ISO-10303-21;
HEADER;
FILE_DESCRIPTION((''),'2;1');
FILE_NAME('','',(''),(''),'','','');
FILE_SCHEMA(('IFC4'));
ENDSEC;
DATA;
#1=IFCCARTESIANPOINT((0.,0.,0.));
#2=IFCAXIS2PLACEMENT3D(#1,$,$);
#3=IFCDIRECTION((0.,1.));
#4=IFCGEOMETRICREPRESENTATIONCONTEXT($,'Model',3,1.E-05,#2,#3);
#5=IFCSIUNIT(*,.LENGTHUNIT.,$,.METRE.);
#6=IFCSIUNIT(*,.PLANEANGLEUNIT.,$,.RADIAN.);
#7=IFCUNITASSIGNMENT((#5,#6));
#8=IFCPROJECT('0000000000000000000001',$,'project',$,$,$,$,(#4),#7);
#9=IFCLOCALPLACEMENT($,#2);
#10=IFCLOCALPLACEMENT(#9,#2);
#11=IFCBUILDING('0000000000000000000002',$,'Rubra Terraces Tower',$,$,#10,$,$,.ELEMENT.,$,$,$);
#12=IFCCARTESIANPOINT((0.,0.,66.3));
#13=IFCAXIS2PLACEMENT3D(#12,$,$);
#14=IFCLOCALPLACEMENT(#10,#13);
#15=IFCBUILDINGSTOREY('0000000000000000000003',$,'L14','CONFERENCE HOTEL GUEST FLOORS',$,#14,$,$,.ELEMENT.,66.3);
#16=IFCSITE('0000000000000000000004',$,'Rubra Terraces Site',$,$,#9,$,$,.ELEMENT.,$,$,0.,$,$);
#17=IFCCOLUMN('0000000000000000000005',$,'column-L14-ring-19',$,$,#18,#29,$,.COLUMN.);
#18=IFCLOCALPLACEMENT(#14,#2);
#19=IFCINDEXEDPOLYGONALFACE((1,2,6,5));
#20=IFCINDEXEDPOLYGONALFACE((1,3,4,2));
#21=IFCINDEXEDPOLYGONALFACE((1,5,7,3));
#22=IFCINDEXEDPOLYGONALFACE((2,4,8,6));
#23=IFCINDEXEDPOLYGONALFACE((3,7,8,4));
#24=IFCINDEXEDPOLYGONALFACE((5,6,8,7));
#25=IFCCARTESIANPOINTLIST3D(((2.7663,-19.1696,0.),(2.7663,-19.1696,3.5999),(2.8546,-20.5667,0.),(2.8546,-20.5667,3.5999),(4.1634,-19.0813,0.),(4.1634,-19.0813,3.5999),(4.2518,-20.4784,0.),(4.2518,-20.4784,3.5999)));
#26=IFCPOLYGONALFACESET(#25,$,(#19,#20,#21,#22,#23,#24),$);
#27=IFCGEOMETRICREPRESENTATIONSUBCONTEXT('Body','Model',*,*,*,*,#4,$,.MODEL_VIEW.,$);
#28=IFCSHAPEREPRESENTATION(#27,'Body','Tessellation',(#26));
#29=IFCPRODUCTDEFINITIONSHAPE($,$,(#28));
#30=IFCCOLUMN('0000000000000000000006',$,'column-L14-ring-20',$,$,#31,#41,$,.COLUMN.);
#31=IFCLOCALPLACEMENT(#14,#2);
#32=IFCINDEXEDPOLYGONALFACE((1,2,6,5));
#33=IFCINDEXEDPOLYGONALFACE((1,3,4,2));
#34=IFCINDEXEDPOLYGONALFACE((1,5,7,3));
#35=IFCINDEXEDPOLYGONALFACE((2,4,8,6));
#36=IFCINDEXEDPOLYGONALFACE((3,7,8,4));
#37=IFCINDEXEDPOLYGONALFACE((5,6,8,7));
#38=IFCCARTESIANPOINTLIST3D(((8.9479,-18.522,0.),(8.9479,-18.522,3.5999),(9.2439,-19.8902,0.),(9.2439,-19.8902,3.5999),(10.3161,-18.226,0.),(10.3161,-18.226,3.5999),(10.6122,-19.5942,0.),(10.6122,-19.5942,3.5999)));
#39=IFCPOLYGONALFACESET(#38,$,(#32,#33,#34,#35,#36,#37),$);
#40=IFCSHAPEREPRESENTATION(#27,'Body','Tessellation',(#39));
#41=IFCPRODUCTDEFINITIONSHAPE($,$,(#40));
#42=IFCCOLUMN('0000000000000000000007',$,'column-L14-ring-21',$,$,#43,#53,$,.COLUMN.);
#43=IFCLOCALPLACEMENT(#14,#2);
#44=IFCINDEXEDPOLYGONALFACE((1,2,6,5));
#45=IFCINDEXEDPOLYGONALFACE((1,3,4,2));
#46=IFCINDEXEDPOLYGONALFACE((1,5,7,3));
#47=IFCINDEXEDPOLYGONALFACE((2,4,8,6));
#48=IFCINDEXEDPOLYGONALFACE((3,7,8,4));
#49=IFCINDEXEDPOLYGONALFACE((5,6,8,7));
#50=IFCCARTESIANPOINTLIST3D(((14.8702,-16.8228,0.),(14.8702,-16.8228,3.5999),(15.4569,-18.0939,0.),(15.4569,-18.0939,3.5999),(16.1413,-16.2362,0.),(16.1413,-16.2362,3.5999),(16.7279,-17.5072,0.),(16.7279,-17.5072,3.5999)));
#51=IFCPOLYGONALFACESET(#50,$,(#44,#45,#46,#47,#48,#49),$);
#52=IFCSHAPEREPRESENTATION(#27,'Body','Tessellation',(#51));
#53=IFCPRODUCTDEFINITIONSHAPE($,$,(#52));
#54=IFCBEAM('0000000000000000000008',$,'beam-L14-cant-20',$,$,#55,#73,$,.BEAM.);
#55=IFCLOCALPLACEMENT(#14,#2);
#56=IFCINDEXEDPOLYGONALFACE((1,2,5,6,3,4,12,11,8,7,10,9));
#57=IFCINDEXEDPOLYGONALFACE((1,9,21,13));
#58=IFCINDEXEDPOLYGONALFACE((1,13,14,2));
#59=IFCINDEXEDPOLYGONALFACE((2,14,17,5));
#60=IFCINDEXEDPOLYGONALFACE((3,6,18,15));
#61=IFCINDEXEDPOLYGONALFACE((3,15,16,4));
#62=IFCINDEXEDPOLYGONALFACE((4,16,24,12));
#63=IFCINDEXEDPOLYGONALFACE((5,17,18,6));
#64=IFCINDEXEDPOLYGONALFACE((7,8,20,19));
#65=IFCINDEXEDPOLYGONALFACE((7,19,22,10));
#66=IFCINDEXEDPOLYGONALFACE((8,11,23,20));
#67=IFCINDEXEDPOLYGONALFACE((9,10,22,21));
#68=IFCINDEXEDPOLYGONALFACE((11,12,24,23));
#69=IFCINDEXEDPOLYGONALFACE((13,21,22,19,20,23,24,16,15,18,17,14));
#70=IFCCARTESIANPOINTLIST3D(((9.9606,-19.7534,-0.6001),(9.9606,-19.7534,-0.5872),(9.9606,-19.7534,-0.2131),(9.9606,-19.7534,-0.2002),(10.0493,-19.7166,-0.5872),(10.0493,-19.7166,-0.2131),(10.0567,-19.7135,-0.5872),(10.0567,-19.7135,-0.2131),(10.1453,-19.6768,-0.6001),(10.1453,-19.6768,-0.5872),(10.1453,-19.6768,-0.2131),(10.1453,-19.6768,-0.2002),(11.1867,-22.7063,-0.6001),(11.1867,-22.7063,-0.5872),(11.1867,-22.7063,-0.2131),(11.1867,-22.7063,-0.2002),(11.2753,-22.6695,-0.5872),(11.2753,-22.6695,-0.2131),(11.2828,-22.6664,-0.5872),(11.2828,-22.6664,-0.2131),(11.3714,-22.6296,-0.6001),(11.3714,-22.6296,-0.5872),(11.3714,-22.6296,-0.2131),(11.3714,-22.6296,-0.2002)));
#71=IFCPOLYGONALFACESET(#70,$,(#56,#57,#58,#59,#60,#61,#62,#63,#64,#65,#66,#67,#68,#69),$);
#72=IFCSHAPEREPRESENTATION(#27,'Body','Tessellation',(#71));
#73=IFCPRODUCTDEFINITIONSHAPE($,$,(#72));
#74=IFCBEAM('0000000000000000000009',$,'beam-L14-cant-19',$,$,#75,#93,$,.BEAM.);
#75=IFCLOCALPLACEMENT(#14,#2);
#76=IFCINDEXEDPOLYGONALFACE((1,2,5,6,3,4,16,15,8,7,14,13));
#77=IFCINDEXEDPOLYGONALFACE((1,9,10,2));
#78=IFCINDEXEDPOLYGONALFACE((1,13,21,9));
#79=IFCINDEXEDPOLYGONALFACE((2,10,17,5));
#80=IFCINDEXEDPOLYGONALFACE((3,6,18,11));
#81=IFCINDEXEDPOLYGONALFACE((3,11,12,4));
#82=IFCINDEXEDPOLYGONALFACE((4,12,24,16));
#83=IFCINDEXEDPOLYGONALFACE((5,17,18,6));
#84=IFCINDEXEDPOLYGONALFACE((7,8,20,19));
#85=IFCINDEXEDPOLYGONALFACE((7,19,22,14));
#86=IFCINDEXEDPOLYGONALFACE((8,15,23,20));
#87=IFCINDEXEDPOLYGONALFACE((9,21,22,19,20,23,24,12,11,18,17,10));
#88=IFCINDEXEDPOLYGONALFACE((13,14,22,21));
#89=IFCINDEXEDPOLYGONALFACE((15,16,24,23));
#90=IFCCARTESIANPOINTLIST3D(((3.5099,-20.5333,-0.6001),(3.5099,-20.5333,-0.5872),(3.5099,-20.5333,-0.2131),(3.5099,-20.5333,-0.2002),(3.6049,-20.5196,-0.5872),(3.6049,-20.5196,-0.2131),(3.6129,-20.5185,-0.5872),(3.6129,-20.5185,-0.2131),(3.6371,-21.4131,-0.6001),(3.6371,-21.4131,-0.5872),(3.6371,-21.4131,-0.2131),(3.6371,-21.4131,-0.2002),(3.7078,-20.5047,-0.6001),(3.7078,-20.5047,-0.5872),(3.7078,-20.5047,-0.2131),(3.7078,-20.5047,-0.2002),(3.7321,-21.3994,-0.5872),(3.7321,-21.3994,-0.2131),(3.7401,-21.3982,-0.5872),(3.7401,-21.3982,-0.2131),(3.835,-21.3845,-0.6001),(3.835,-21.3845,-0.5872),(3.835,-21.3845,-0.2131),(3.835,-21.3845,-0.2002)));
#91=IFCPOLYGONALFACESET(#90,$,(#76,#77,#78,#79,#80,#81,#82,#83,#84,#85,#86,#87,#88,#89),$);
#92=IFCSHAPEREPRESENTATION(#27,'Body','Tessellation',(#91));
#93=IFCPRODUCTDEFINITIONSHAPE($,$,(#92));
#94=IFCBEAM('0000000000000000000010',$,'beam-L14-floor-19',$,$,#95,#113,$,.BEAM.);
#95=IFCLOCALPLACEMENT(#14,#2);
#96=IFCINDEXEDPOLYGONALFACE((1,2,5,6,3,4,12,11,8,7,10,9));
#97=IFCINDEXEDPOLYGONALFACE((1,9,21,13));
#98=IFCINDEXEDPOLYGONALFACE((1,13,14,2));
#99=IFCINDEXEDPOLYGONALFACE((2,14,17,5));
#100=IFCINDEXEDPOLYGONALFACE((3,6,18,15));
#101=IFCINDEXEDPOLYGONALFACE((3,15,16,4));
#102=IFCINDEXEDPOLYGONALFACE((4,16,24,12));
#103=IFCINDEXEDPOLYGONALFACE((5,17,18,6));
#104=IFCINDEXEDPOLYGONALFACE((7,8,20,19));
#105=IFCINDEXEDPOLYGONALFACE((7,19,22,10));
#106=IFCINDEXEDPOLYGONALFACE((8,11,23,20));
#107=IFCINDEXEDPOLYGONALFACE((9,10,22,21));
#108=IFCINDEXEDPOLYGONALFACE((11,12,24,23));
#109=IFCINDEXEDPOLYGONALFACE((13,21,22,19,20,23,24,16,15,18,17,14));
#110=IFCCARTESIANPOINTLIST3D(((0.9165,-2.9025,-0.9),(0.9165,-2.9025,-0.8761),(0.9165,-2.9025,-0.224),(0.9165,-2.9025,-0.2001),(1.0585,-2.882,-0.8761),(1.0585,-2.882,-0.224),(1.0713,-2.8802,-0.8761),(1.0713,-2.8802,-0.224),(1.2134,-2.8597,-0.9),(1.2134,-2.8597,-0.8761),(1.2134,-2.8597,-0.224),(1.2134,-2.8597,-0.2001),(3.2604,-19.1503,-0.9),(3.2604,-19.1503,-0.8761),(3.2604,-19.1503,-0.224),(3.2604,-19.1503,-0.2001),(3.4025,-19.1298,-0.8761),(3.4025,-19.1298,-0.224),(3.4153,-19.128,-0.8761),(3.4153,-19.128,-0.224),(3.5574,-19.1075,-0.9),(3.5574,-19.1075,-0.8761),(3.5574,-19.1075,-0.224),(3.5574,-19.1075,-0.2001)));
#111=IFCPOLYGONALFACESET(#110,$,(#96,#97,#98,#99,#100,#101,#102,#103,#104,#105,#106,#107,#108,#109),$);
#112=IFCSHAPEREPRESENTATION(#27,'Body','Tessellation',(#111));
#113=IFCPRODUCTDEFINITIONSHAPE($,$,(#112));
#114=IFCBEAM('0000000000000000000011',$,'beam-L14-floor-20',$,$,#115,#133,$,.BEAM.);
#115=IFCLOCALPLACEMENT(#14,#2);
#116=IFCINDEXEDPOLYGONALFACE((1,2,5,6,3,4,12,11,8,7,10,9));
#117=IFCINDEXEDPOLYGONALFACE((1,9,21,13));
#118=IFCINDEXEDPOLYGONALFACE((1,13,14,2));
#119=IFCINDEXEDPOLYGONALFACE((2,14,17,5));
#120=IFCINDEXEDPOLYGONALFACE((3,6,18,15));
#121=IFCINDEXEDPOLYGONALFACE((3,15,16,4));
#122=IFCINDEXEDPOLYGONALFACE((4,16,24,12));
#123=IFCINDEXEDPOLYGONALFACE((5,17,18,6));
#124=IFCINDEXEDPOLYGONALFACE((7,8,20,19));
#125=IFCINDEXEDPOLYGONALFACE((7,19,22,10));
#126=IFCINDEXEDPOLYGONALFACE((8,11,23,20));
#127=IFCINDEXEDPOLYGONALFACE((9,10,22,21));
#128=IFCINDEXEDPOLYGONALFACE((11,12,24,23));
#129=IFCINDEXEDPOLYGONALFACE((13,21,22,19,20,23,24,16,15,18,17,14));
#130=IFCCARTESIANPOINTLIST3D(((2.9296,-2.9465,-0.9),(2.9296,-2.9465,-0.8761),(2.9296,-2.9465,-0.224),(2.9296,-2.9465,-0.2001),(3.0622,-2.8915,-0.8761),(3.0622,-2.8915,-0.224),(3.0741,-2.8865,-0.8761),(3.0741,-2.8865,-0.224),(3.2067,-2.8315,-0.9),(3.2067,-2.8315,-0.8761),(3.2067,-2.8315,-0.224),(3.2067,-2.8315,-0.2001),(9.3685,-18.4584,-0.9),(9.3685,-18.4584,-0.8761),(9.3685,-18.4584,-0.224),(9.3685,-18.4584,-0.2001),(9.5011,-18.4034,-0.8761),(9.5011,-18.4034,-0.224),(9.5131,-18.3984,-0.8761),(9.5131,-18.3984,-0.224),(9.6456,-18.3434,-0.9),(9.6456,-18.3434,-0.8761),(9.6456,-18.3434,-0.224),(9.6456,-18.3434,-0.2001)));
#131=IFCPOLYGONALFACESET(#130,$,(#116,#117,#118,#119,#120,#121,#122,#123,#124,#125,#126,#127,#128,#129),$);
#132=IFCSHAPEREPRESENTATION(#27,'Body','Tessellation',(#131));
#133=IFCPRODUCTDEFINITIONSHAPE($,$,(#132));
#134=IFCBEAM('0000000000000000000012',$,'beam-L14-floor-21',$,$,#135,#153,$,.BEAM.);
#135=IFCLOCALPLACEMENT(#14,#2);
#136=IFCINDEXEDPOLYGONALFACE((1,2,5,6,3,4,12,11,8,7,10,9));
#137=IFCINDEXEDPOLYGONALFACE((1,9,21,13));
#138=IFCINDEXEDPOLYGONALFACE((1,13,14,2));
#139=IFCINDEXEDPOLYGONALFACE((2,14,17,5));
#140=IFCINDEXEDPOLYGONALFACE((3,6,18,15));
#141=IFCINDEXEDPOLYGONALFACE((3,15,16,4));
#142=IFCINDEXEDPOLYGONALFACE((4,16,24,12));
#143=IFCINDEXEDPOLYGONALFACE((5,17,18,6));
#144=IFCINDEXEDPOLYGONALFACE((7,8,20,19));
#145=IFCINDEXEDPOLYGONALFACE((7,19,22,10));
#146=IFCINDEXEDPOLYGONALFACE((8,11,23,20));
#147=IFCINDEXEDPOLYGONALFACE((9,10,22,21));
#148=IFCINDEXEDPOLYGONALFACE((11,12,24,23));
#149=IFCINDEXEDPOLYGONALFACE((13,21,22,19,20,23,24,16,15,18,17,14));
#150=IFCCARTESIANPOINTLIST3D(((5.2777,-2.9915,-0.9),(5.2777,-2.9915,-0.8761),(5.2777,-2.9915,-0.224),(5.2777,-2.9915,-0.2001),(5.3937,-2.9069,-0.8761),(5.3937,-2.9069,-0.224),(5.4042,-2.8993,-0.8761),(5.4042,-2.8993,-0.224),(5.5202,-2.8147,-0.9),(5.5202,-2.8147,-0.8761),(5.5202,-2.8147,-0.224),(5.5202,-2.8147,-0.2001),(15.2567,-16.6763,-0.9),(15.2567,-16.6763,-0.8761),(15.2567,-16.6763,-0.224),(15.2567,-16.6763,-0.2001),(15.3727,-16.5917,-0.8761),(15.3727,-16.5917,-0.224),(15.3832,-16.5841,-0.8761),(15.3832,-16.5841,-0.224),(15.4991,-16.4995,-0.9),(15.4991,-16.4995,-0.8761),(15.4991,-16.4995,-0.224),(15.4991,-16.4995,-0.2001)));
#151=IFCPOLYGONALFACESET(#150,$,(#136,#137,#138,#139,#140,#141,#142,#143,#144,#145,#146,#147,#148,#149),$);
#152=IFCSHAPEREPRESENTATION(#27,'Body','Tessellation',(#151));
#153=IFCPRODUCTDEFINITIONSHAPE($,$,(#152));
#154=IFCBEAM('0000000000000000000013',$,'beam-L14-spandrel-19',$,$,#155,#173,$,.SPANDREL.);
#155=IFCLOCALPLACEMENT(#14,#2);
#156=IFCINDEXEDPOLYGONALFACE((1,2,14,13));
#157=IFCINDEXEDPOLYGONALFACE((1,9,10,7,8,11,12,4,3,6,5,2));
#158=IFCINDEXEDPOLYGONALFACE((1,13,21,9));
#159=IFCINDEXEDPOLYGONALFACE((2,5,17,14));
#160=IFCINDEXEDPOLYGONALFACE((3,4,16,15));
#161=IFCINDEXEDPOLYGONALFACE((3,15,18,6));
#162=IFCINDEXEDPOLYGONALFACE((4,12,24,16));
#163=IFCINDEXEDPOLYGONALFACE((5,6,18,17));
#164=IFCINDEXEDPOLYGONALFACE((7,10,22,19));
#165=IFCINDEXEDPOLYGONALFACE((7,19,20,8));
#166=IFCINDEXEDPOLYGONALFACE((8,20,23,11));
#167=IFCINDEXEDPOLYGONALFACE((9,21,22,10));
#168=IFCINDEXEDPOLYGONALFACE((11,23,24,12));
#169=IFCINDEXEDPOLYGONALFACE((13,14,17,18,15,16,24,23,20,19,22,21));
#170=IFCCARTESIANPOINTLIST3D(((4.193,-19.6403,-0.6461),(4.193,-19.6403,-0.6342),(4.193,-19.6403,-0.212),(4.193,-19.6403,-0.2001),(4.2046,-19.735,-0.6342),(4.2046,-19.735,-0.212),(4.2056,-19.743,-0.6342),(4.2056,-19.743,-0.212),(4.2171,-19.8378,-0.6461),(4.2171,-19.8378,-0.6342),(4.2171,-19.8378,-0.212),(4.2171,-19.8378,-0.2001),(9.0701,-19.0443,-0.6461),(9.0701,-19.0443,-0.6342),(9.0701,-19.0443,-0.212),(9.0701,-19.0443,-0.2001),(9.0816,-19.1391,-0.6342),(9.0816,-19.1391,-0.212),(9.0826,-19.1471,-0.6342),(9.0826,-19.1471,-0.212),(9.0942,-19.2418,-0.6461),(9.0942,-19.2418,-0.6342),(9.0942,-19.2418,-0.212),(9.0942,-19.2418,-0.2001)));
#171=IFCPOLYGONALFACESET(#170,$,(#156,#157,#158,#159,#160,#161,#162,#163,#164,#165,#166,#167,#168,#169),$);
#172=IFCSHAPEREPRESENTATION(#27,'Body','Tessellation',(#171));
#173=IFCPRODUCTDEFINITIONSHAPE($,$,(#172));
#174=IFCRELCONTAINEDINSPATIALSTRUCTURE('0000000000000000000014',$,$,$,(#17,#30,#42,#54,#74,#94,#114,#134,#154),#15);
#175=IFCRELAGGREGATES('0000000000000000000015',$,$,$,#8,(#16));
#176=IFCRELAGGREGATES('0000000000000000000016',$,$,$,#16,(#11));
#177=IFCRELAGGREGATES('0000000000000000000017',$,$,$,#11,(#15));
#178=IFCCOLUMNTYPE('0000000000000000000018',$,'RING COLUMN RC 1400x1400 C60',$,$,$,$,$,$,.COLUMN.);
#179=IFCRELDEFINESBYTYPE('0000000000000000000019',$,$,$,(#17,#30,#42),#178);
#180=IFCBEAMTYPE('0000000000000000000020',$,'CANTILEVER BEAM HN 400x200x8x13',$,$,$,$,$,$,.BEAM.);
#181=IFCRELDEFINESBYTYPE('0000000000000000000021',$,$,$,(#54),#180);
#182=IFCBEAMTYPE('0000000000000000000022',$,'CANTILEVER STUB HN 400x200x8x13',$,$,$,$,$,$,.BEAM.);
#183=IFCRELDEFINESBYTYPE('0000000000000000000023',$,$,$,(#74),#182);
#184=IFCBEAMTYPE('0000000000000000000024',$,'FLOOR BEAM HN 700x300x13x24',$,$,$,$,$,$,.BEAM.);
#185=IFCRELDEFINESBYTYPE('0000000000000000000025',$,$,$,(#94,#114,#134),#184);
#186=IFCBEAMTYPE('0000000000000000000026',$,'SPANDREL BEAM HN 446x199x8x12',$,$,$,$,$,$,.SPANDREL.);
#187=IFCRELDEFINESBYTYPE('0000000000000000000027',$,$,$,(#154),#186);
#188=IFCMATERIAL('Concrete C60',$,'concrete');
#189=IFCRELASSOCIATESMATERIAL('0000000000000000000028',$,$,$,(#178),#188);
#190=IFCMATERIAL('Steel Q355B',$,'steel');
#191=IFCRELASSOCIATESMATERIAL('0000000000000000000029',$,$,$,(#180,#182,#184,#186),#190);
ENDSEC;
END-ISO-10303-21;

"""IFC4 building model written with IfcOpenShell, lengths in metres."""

from ifc_helpers import new_model, si_unit, direction, frame, origin, origin_2d, place, context, subcontext, project, spatial, rectangle, i_section, extrude, material, material_profile, profile_set, type_object, element, save


model = new_model("IFC4")

# Units and contexts
model_context = context("Model", 3, precision=1e-05, world=origin(), true_north=direction((0.0, 1.0)))
body_context = subcontext(model_context, "Body", "Model", "MODEL_VIEW")
ifc_project = project(units=[si_unit("LENGTHUNIT", "METRE"), si_unit("PLANEANGLEUNIT", "RADIAN")], contexts=[model_context])

# Site, building, storey
site_placement = place(None, origin())
site = spatial("IfcSite", under=ifc_project, at=site_placement, Name="Rubra Terraces Site", CompositionType="ELEMENT", RefElevation=0.0)
building_placement = place(site_placement, origin())
building = spatial("IfcBuilding", under=site, at=building_placement, Name="Rubra Terraces Tower", CompositionType="ELEMENT")
storey_placement = place(building_placement, frame((0.0, 0.0, 66.3)))
storey = spatial("IfcBuildingStorey", under=building, at=storey_placement, Name="L14", Description="CONFERENCE HOTEL GUEST FLOORS", CompositionType="ELEMENT", Elevation=66.3)

# Columns
ifc_material_1 = material(Name="Concrete C60", Category="concrete")
ifc_material_profile_1 = material_profile(ifc_material_1, rectangle(XDim=1.3999, YDim=1.3999, at=origin_2d()), Name="RC 1400x1400")
ifc_profile_set_1 = profile_set([ifc_material_profile_1], Name="Concrete C60")
column_type = type_object("IfcColumnType", Name="RING COLUMN RC 1400x1400 C60", PredefinedType="COLUMN", material=ifc_profile_set_1)
for number, where, z_axis, x_axis, name in (
    (1, (3.509, -19.824, 0.0), (0.0, 0.0, 1.0), (0.998008, 0.063094, 0.0), "column-L14-ring-19"),
    (2, (9.78, -19.0581, 0.0), (0.0, 0.0, 1.0), (0.977386, 0.211462, 0.0), "column-L14-ring-20"),
    (3, (15.7991, -17.165, 0.0), (0.0, 0.0, 1.0), (0.907952, 0.419073, 0.0), "column-L14-ring-21"),
):
    element("IfcColumn", number, at=place(storey_placement, frame(where, z_axis=z_axis, x_axis=x_axis)), inside=storey, type_object=column_type, Name=name, PredefinedType="COLUMN", context=body_context, shape_type="SweptSolid", body=[
        extrude(rectangle(XDim=1.3999, YDim=1.3999, at=origin_2d()), origin(), (0.0, 0.0, 1.0), 3.5999),
    ])

# Beams
ifc_material_2 = material(Name="Steel Q355B", Category="steel")
ifc_material_profile_2 = material_profile(ifc_material_2, i_section(OverallWidth=0.2, OverallDepth=0.3999, WebThickness=0.0081, FlangeThickness=0.0129, at=origin_2d()), Name="HN 400x200x8x13")
ifc_profile_set_2 = profile_set([ifc_material_profile_2], Name="Steel Q355B")
beam_type_1 = type_object("IfcBeamType", Name="CANTILEVER BEAM HN 400x200x8x13", PredefinedType="BEAM", material=ifc_profile_set_2)
beam_1_placement = place(storey_placement, frame((10.053, -19.7151, -0.4001), z_axis=(0.383471, -0.923553, 0.0), x_axis=(0.923553, 0.383471, 0.0)))
element("IfcBeam", 4, at=beam_1_placement, inside=storey, type_object=beam_type_1, Name="beam-L14-cant-20", PredefinedType="BEAM", context=body_context, shape_type="SweptSolid", body=[
    extrude(i_section(OverallWidth=0.2, OverallDepth=0.3999, WebThickness=0.0081, FlangeThickness=0.0129, at=origin_2d()), origin(), (0.0, 0.0, 1.0), 3.1973),
])
ifc_material_profile_3 = material_profile(ifc_material_2, i_section(OverallWidth=0.2, OverallDepth=0.3999, WebThickness=0.0081, FlangeThickness=0.0129, at=origin_2d()), Name="HN 400x200x8x13")
ifc_profile_set_3 = profile_set([ifc_material_profile_3], Name="Steel Q355B")
beam_type_2 = type_object("IfcBeamType", Name="CANTILEVER STUB HN 400x200x8x13", PredefinedType="BEAM", material=ifc_profile_set_3)
beam_2_placement = place(storey_placement, frame((3.6089, -20.519, -0.4001), z_axis=(0.143074, -0.989712, 0.0), x_axis=(0.989712, 0.143074, 0.0)))
element("IfcBeam", 5, at=beam_2_placement, inside=storey, type_object=beam_type_2, Name="beam-L14-cant-19", PredefinedType="BEAM", context=body_context, shape_type="SweptSolid", body=[
    extrude(i_section(OverallWidth=0.2, OverallDepth=0.3999, WebThickness=0.0081, FlangeThickness=0.0129, at=origin_2d()), origin(), (0.0, 0.0, 1.0), 0.8889),
])
ifc_material_profile_4 = material_profile(ifc_material_2, i_section(OverallWidth=0.3, OverallDepth=0.7, WebThickness=0.0129, FlangeThickness=0.0239, at=origin_2d()), Name="HN 700x300x13x24")
ifc_profile_set_4 = profile_set([ifc_material_profile_4], Name="Steel Q355B")
beam_type_3 = type_object("IfcBeamType", Name="FLOOR BEAM HN 700x300x13x24", PredefinedType="BEAM", material=ifc_profile_set_4)
beam_3_placement = place(storey_placement, frame((3.4089, -19.1289, -0.55), z_axis=(-0.142787, 0.989753, 0.0), x_axis=(-0.989753, -0.142787, 0.0)))
element("IfcBeam", 6, at=beam_3_placement, inside=storey, type_object=beam_type_3, Name="beam-L14-floor-19", PredefinedType="BEAM", context=body_context, shape_type="SweptSolid", body=[
    extrude(i_section(OverallWidth=0.3, OverallDepth=0.7, WebThickness=0.0129, FlangeThickness=0.0239, at=origin_2d()), origin(), (0.0, 0.0, 1.0), 16.416),
])
beam_4_placement = place(storey_placement, frame((9.5071, -18.4009, -0.55), z_axis=(-0.38338, 0.923591, 0.0), x_axis=(-0.923591, -0.38338, 0.0)))
element("IfcBeam", 7, at=beam_4_placement, inside=storey, type_object=beam_type_3, Name="beam-L14-floor-20", PredefinedType="BEAM", context=body_context, shape_type="SweptSolid", body=[
    extrude(i_section(OverallWidth=0.3, OverallDepth=0.7, WebThickness=0.0129, FlangeThickness=0.0239, at=origin_2d()), origin(), (0.0, 0.0, 1.0), 16.7952),
])
beam_5_placement = place(storey_placement, frame((15.3779, -16.5879, -0.55), z_axis=(-0.589191, 0.807994, 0.0), x_axis=(-0.807994, -0.589191, 0.0)))
element("IfcBeam", 8, at=beam_5_placement, inside=storey, type_object=beam_type_3, Name="beam-L14-floor-21", PredefinedType="BEAM", context=body_context, shape_type="SweptSolid", body=[
    extrude(i_section(OverallWidth=0.3, OverallDepth=0.7, WebThickness=0.0129, FlangeThickness=0.0239, at=origin_2d()), origin(), (0.0, 0.0, 1.0), 16.9368),
])
ifc_material_profile_5 = material_profile(ifc_material_2, i_section(OverallWidth=0.199, OverallDepth=0.446, WebThickness=0.0081, FlangeThickness=0.012, at=origin_2d()), Name="HN 446x199x8x12")
ifc_profile_set_5 = profile_set([ifc_material_profile_5], Name="Steel Q355B")
beam_type_4 = type_object("IfcBeamType", Name="SPANDREL BEAM HN 446x199x8x12", PredefinedType="SPANDREL", material=ifc_profile_set_5)
beam_6_placement = place(storey_placement, frame((4.2051, -19.739, -0.4231), z_axis=(0.992617, 0.121294, 0.0), x_axis=(-0.121294, 0.992617, 0.0)))
element("IfcBeam", 9, at=beam_6_placement, inside=storey, type_object=beam_type_4, Name="beam-L14-spandrel-19", PredefinedType="SPANDREL", context=body_context, shape_type="SweptSolid", body=[
    extrude(i_section(OverallWidth=0.199, OverallDepth=0.446, WebThickness=0.0081, FlangeThickness=0.012, at=origin_2d()), origin(), (0.0, 0.0, 1.0), 4.9133),
])

save(model, "model.ifc")
